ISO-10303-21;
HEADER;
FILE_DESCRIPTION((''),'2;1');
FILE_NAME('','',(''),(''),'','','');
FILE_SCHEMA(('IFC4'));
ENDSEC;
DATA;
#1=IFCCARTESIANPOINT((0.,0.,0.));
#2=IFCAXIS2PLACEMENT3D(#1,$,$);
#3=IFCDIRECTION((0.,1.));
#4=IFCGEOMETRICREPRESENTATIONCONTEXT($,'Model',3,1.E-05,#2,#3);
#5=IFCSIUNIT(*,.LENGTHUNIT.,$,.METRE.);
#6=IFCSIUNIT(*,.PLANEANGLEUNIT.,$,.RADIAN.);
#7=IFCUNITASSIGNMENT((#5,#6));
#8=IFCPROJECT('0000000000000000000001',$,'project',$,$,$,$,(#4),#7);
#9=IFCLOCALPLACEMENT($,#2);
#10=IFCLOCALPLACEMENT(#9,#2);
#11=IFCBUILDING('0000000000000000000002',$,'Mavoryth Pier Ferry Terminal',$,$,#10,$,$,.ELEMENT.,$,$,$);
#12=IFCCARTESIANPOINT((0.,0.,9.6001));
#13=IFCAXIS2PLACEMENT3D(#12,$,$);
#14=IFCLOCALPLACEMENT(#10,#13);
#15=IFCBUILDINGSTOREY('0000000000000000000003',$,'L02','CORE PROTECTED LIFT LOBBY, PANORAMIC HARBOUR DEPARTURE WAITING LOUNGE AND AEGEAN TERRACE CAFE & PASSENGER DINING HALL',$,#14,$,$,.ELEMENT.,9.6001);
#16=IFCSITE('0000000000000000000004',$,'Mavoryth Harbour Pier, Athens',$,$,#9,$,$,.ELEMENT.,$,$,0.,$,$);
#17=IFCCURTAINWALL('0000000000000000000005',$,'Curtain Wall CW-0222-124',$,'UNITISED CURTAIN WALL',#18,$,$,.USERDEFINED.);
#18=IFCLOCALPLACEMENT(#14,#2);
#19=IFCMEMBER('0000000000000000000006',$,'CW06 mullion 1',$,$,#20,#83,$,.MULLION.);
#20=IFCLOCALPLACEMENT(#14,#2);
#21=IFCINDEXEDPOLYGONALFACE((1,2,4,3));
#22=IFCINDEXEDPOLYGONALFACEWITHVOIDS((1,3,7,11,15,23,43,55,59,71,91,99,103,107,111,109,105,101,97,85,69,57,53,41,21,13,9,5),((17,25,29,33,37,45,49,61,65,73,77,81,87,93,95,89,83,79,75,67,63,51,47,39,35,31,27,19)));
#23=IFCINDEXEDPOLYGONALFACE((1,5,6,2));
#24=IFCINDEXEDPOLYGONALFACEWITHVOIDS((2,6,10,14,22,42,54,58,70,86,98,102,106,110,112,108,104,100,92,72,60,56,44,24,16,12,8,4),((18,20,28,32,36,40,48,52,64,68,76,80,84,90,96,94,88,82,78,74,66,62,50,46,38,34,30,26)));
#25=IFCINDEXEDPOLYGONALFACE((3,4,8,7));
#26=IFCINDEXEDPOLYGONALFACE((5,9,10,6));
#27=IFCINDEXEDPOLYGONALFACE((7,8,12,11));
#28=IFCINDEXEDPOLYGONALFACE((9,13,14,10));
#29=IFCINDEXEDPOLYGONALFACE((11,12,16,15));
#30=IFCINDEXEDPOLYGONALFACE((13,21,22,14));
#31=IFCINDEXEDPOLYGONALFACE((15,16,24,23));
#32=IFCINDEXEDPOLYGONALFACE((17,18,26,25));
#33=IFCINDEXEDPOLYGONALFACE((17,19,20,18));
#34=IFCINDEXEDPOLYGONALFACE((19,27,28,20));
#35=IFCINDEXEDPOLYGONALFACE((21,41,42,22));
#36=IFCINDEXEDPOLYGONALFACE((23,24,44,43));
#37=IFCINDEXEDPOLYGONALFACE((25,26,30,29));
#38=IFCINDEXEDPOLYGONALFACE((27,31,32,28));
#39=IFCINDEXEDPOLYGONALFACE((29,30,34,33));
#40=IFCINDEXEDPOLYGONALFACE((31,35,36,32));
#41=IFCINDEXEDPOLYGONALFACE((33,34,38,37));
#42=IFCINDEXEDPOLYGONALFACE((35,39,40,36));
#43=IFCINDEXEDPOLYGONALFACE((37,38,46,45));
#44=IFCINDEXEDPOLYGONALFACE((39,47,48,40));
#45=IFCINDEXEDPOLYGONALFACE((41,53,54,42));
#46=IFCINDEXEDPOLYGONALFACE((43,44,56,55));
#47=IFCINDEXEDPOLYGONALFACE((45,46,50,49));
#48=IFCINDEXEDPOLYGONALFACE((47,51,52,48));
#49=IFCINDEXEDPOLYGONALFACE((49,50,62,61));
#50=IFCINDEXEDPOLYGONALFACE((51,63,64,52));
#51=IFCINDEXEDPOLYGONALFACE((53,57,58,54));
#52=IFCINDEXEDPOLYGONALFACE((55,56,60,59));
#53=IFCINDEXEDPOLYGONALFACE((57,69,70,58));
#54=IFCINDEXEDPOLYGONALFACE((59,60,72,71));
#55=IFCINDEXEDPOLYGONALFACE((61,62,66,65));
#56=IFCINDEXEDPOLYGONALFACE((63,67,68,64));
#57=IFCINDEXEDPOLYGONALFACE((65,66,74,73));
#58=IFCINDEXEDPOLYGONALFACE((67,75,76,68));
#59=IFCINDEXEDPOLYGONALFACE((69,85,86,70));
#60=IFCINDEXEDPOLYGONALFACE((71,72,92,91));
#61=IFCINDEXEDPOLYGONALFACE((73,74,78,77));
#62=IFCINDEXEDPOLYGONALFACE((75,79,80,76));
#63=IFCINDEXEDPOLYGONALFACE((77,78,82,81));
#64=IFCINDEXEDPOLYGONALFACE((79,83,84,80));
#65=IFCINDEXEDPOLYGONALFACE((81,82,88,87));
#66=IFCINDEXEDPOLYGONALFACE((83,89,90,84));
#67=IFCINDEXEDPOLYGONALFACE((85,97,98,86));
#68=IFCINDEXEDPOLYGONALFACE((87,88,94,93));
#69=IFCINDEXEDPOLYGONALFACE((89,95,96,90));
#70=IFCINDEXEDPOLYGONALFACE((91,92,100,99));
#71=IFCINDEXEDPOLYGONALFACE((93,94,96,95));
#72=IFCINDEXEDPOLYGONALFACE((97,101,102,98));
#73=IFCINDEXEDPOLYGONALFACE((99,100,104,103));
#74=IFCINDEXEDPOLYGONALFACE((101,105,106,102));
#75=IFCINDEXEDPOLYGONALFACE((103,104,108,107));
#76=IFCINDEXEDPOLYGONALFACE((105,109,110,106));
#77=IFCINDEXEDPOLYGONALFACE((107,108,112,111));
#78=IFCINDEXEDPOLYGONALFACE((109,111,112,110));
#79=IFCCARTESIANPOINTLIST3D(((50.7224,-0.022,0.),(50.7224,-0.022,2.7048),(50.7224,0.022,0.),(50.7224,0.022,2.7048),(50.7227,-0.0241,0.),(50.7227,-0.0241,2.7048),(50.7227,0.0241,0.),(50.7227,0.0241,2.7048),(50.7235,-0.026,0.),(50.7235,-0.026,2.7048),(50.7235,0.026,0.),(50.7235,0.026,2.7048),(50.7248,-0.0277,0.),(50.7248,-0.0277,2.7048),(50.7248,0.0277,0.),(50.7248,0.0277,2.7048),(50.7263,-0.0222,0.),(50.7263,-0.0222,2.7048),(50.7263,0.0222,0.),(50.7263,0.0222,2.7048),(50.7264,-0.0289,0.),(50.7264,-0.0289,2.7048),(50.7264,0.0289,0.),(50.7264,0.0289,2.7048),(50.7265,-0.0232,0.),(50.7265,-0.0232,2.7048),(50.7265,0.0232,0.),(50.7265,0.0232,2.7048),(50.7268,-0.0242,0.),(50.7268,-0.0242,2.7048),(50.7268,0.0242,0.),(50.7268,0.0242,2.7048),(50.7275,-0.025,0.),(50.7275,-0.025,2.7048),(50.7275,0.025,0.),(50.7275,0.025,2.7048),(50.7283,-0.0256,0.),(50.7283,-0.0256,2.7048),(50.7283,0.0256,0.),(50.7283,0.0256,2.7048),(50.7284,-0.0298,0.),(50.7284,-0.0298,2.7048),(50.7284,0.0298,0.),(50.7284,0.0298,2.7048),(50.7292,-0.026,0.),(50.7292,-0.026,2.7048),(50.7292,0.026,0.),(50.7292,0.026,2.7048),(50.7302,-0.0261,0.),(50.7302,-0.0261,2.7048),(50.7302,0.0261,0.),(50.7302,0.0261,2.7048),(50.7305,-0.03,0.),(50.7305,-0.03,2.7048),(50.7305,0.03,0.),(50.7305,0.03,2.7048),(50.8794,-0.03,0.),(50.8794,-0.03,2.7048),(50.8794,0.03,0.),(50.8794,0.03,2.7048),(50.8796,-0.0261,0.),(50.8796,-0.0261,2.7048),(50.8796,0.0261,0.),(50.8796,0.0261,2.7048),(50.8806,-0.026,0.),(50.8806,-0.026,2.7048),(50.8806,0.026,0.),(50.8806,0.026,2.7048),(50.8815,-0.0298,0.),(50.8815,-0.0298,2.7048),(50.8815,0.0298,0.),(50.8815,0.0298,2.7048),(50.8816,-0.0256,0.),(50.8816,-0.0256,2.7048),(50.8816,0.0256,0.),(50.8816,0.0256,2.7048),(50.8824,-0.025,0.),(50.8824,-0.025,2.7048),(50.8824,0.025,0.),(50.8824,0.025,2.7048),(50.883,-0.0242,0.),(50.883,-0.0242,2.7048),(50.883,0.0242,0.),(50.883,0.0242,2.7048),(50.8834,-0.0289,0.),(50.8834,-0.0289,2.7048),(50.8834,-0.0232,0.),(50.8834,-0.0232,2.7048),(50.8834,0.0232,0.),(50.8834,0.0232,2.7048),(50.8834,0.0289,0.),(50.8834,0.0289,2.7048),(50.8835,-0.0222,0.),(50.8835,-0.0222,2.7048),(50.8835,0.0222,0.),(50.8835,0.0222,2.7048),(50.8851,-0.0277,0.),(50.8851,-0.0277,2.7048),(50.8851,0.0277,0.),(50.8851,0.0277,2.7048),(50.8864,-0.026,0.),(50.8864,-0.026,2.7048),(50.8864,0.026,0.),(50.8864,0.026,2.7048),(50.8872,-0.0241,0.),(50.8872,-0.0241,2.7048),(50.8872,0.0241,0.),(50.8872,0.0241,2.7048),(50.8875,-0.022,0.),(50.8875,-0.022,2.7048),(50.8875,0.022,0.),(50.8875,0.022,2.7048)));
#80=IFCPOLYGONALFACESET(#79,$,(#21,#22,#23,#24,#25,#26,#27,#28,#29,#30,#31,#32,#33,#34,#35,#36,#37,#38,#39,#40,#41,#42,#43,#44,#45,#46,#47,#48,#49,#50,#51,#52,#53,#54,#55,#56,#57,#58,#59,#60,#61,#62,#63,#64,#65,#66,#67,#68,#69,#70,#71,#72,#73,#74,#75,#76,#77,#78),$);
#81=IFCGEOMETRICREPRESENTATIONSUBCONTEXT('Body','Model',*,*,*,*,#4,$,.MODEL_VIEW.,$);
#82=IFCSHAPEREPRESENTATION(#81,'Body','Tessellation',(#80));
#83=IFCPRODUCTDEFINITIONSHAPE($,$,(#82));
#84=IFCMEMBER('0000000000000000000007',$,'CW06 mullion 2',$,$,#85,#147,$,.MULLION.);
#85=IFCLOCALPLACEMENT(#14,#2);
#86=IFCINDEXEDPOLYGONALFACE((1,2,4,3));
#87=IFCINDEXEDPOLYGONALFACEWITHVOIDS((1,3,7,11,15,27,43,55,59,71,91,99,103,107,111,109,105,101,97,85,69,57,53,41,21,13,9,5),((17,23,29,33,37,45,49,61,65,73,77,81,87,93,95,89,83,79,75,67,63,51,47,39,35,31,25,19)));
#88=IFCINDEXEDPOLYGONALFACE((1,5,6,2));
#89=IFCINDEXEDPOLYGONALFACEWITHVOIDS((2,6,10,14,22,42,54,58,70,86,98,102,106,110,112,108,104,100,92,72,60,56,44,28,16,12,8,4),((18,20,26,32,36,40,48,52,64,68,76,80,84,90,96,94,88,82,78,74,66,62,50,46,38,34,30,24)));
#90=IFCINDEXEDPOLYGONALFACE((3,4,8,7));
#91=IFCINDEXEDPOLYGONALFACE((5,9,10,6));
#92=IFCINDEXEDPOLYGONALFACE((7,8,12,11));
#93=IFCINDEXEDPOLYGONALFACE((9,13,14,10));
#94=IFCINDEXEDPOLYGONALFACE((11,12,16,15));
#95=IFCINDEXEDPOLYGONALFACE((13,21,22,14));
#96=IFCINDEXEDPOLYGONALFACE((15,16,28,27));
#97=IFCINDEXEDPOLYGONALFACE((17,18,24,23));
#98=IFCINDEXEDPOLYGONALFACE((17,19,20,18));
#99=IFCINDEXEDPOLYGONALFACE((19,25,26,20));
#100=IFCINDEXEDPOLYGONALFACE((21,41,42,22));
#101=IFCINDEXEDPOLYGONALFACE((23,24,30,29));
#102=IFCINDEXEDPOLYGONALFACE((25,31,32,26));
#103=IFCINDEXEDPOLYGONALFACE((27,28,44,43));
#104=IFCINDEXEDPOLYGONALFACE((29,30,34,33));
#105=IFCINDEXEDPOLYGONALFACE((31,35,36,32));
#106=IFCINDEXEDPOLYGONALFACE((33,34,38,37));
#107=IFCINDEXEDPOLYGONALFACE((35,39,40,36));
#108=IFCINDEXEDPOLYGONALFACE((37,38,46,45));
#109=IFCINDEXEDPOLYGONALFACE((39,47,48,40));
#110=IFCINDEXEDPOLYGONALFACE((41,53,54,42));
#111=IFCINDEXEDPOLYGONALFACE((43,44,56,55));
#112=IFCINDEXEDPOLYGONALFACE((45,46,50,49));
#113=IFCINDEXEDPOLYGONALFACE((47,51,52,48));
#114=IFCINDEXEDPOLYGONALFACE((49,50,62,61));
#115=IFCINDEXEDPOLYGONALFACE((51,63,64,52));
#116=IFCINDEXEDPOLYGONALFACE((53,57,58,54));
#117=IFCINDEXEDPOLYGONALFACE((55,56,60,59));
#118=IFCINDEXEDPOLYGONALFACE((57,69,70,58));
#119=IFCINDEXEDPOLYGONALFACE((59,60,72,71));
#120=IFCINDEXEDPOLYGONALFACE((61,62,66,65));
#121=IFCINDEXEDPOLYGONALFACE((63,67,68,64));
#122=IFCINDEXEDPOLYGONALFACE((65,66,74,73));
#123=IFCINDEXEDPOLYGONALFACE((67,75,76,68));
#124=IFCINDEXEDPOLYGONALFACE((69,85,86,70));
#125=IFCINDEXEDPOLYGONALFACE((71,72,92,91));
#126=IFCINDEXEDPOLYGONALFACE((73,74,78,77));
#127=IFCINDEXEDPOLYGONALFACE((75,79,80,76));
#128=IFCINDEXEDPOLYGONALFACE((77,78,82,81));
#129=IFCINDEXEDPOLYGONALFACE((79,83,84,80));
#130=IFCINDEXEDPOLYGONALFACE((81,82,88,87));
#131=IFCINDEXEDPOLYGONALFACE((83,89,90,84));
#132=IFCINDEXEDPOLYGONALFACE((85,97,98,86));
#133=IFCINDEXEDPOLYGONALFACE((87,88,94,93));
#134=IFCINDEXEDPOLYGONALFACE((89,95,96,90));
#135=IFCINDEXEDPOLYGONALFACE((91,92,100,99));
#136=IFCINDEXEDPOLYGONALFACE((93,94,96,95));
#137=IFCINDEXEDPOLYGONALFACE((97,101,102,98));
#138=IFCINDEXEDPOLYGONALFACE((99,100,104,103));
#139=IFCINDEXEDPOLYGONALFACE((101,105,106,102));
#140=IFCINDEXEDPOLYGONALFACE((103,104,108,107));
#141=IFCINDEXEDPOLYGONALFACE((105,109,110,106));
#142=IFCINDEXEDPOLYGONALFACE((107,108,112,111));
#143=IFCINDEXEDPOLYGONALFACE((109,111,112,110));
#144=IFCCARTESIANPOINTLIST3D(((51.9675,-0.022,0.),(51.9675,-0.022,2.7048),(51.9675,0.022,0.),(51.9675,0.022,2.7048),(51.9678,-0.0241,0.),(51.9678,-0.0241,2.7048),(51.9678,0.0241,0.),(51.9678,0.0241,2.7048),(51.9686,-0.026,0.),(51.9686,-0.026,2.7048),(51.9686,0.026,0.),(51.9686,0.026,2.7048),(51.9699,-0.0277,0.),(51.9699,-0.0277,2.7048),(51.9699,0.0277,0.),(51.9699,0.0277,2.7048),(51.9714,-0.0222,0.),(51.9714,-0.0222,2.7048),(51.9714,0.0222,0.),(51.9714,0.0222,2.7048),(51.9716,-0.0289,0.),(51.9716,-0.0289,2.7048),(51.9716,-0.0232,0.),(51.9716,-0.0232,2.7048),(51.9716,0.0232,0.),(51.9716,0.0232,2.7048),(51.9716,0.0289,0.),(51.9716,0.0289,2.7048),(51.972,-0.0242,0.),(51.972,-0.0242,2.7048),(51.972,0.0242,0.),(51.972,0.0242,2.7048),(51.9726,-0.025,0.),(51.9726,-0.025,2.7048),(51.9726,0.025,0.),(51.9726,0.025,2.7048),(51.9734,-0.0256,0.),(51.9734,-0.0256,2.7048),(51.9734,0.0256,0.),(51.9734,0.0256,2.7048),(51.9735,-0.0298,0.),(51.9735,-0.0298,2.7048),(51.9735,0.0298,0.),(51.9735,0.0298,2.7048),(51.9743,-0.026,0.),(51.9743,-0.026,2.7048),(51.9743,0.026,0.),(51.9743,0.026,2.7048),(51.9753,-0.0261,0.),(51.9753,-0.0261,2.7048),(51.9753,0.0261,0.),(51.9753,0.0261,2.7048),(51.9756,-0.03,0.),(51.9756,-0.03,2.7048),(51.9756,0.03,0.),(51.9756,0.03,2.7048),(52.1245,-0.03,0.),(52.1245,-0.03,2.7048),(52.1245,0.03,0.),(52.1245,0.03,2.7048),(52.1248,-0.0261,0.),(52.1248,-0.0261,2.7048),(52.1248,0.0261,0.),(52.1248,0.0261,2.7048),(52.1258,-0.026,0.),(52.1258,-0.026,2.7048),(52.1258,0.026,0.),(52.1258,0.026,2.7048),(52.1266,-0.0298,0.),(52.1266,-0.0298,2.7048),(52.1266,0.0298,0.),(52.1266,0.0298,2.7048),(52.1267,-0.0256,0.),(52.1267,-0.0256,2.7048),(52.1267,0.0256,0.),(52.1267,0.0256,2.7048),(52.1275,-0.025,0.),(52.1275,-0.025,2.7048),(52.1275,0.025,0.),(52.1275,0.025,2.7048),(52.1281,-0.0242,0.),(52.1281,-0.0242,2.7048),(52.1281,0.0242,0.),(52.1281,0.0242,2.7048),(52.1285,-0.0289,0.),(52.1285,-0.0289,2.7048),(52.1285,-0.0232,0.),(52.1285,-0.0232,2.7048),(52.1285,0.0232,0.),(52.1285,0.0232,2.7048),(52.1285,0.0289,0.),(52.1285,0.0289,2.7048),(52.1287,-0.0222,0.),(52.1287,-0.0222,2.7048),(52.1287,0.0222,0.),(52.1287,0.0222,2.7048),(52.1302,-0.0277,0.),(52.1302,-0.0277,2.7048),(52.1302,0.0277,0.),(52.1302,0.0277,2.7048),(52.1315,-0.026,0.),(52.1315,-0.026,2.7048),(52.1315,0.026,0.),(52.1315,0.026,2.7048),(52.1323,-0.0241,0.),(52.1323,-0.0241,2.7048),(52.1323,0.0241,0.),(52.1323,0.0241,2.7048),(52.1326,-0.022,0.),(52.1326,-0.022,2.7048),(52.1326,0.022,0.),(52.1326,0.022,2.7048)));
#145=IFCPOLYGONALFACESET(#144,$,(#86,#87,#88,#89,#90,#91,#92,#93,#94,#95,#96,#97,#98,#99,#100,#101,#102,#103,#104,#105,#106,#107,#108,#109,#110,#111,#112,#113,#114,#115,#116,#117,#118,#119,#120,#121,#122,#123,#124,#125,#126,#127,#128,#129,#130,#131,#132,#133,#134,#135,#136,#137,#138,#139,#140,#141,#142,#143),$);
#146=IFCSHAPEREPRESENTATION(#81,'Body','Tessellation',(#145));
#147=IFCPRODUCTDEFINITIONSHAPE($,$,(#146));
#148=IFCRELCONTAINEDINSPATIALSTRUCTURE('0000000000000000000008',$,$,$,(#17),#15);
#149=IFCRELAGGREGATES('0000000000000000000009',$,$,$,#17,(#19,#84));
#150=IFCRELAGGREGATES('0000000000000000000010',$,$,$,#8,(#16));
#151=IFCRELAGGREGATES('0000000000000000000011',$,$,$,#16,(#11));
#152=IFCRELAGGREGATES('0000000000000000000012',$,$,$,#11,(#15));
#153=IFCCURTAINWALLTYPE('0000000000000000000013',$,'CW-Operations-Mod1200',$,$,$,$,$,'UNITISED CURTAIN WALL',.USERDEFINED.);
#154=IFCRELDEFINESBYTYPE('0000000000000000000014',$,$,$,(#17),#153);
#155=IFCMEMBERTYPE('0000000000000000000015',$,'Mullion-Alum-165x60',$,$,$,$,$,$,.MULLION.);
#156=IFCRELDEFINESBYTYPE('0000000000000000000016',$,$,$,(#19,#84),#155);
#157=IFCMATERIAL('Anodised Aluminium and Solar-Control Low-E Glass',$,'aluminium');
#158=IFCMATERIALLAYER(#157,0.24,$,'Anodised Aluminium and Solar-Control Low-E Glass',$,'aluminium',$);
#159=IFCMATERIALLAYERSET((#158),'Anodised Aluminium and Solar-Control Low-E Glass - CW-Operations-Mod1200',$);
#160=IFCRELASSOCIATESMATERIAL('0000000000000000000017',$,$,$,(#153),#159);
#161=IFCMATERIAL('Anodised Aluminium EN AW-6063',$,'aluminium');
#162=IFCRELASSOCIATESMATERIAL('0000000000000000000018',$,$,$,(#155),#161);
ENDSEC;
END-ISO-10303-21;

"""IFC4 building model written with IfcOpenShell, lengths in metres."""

from ifc_helpers import new_model, si_unit, direction, frame, origin, origin_2d, place, context, subcontext, project, spatial, hollow_rectangle, extrude, material, layer, layer_set, material_profile, profile_set, type_object, element, aggregate, save


model = new_model("IFC4")

# Units and contexts
model_context = context("Model", 3, precision=1e-05, world=origin(), true_north=direction((0.0, 1.0)))
body_context = subcontext(model_context, "Body", "Model", "MODEL_VIEW")
ifc_project = project(units=[si_unit("LENGTHUNIT", "METRE"), si_unit("PLANEANGLEUNIT", "RADIAN")], contexts=[model_context])

# Site, building, storey
site_placement = place(None, origin())
site = spatial("IfcSite", under=ifc_project, at=site_placement, Name="Mavoryth Harbour Pier, Athens", CompositionType="ELEMENT", RefElevation=0.0)
building_placement = place(site_placement, origin())
building = spatial("IfcBuilding", under=site, at=building_placement, Name="Mavoryth Pier Ferry Terminal", CompositionType="ELEMENT")
storey_placement = place(building_placement, frame((0.0, 0.0, 9.6001)))
storey = spatial("IfcBuildingStorey", under=building, at=storey_placement, Name="L02", Description="CORE PROTECTED LIFT LOBBY, PANORAMIC HARBOUR DEPARTURE WAITING LOUNGE AND AEGEAN TERRACE CAFE & PASSENGER DINING HALL", CompositionType="ELEMENT", Elevation=9.6001)

# Curtain wall, members
ifc_material_1 = material(Name="Anodised Aluminium and Solar-Control Low-E Glass", Category="aluminium")
ifc_layer_1 = layer(ifc_material_1, 0.24, Name="Anodised Aluminium and Solar-Control Low-E Glass", Category="aluminium")
ifc_layer_set_1 = layer_set([ifc_layer_1], Name="Anodised Aluminium and Solar-Control Low-E Glass - CW-Operations-Mod1200")
curtain_wall_type = type_object("IfcCurtainWallType", Name="CW-Operations-Mod1200", ElementType="UNITISED CURTAIN WALL", PredefinedType="USERDEFINED", material=ifc_layer_set_1)
curtain_wall_placement = place(storey_placement, origin())
curtain_wall = element("IfcCurtainWall", 1, at=curtain_wall_placement, inside=storey, type_object=curtain_wall_type, Name="Curtain Wall CW-0222-124", ObjectType="UNITISED CURTAIN WALL", PredefinedType="USERDEFINED")
ifc_material_2 = material(Name="Anodised Aluminium EN AW-6063", Category="aluminium")
ifc_material_profile_1 = material_profile(ifc_material_2, hollow_rectangle(XDim=0.0601, YDim=0.165, WallThickness=0.0039, InnerFilletRadius=0.0039, OuterFilletRadius=0.0081, at=origin_2d()), Name="AL-MULL 165x60x4", Category="aluminium")
ifc_profile_set_1 = profile_set([ifc_material_profile_1], Name="Anodised Aluminium EN AW-6063 - AL-MULL 165x60x4")
member_type_1 = type_object("IfcMemberType", Name="Mullion-Alum-165x60", PredefinedType="MULLION", material=ifc_profile_set_1)
member_1_placement = place(storey_placement, frame((50.8049, 0.0, 0.0), z_axis=(0.0, 0.0, 1.0), x_axis=(0.0, 1.0, 0.0)))
member_1 = element("IfcMember", 2, at=member_1_placement, type_object=member_type_1, Name="CW06 mullion 1", PredefinedType="MULLION", context=body_context, shape_type="SweptSolid", body=[
    extrude(hollow_rectangle(XDim=0.0601, YDim=0.165, WallThickness=0.0039, InnerFilletRadius=0.0039, OuterFilletRadius=0.0081, at=origin_2d()), origin(), (0.0, 0.0, 1.0), 2.7048),
])
member_2_placement = place(storey_placement, frame((52.05, 0.0, 0.0), z_axis=(0.0, 0.0, 1.0), x_axis=(0.0, 1.0, 0.0)))
member_2 = element("IfcMember", 3, at=member_2_placement, type_object=member_type_1, Name="CW06 mullion 2", PredefinedType="MULLION", context=body_context, shape_type="SweptSolid", body=[
    extrude(hollow_rectangle(XDim=0.0601, YDim=0.165, WallThickness=0.0039, InnerFilletRadius=0.0039, OuterFilletRadius=0.0081, at=origin_2d()), origin(), (0.0, 0.0, 1.0), 2.7048),
])

aggregate(curtain_wall, [member_1, member_2])

save(model, "model.ifc")
